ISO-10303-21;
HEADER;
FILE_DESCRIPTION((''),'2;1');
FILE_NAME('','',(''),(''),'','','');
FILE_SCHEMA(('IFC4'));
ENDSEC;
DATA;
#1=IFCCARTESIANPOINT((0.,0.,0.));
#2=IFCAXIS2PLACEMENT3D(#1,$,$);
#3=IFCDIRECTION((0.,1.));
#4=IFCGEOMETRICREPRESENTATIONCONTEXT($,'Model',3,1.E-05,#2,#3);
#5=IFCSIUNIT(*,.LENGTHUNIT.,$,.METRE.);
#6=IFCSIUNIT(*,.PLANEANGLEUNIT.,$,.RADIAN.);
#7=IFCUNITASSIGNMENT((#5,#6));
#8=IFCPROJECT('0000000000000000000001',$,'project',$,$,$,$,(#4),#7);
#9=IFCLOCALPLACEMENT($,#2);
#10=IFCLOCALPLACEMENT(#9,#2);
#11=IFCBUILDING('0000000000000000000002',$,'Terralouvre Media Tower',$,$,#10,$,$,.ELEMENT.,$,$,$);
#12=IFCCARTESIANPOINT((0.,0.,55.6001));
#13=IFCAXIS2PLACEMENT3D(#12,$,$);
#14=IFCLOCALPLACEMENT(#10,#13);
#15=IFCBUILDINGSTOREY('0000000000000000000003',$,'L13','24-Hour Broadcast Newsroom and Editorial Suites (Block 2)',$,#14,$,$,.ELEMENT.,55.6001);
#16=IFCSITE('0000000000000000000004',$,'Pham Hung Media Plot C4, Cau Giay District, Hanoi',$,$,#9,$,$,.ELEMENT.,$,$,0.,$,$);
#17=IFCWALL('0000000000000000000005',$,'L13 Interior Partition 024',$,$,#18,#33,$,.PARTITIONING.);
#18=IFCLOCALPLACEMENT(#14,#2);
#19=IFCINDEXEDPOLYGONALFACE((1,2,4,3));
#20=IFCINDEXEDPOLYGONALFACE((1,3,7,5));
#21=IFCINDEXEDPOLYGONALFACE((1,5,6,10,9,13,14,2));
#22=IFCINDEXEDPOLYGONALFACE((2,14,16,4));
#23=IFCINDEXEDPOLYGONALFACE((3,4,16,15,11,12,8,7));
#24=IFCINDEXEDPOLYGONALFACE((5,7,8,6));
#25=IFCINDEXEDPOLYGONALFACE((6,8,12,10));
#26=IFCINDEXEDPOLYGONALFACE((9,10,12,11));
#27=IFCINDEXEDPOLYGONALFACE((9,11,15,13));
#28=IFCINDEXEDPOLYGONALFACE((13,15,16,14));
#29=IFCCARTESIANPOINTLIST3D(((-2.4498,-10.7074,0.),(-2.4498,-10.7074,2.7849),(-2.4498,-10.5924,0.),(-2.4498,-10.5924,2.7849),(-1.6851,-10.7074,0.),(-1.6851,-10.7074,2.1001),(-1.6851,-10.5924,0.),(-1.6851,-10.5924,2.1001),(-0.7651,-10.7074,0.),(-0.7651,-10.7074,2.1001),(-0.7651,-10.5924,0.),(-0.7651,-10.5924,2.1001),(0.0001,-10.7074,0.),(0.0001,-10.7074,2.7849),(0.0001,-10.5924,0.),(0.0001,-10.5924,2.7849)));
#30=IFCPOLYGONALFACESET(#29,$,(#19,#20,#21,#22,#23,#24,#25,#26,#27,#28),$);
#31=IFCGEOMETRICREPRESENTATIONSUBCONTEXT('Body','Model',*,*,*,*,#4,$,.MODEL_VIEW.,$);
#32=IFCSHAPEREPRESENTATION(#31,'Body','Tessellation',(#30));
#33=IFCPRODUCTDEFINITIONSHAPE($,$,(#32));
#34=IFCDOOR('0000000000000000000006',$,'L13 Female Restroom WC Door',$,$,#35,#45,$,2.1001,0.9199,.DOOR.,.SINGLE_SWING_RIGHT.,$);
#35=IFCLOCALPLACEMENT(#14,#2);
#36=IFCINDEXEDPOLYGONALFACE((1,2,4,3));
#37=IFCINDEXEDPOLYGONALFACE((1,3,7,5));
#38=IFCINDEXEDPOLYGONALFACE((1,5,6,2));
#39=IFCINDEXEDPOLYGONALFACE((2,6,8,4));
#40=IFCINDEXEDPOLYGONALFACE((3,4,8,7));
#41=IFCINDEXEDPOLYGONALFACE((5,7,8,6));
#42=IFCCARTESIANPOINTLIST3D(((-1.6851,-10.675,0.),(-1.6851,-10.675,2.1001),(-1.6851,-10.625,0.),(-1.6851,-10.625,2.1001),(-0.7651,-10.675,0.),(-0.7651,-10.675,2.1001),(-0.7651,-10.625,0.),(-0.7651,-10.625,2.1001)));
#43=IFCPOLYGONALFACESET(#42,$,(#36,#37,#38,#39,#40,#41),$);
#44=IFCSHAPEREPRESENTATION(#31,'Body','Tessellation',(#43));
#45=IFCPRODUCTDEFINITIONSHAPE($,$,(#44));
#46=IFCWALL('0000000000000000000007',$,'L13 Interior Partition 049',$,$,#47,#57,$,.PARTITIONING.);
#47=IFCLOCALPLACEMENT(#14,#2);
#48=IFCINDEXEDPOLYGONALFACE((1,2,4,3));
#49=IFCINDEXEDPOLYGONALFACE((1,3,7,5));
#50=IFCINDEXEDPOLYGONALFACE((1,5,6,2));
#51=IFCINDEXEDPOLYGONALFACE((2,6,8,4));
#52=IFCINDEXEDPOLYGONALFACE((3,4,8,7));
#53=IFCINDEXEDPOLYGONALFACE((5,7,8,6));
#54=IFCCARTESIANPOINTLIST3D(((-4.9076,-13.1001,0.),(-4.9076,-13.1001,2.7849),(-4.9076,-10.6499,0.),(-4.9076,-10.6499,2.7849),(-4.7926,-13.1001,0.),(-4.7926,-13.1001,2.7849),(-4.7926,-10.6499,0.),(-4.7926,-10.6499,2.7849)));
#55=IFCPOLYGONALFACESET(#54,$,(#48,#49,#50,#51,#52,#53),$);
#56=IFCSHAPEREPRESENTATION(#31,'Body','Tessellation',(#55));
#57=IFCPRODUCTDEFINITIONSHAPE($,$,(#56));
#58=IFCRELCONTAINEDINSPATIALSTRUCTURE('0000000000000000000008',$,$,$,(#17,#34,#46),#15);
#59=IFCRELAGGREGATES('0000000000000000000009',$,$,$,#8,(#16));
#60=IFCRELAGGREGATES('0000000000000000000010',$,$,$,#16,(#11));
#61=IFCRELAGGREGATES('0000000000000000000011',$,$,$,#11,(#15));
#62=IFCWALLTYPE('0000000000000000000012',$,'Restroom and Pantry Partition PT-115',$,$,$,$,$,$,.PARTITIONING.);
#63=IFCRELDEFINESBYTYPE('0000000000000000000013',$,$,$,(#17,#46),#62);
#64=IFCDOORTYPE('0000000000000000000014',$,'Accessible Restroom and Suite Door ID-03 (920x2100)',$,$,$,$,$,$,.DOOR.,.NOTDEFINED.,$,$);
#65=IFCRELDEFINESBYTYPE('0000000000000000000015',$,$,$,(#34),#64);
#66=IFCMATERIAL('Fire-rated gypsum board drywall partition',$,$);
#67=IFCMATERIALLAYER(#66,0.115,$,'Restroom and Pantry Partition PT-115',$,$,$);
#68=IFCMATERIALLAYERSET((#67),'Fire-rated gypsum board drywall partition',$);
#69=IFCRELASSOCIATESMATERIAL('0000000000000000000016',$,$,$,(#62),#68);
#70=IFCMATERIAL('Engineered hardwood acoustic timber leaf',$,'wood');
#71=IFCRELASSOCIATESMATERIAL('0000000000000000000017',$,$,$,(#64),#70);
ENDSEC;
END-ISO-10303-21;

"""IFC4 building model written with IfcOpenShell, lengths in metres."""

from ifc_helpers import new_model, si_unit, direction, frame, frame_2d, origin, place, context, subcontext, project, spatial, rectangle, extrude, material, layer, layer_set, type_object, element, fill, save


model = new_model("IFC4")

# Units and contexts
model_context = context("Model", 3, precision=1e-05, world=origin(), true_north=direction((0.0, 1.0)))
body_context = subcontext(model_context, "Body", "Model", "MODEL_VIEW")
ifc_project = project(units=[si_unit("LENGTHUNIT", "METRE"), si_unit("PLANEANGLEUNIT", "RADIAN")], contexts=[model_context])

# Site, building, storey
site_placement = place(None, origin())
site = spatial("IfcSite", under=ifc_project, at=site_placement, Name="Pham Hung Media Plot C4, Cau Giay District, Hanoi", CompositionType="ELEMENT", RefElevation=0.0)
building_placement = place(site_placement, origin())
building = spatial("IfcBuilding", under=site, at=building_placement, Name="Terralouvre Media Tower", CompositionType="ELEMENT")
storey_placement = place(building_placement, frame((0.0, 0.0, 55.6001)))
storey = spatial("IfcBuildingStorey", under=building, at=storey_placement, Name="L13", Description="24-Hour Broadcast Newsroom and Editorial Suites (Block 2)", CompositionType="ELEMENT", Elevation=55.6001)

# Wall, opening, door
ifc_material_1 = material(Name="Fire-rated gypsum board drywall partition")
ifc_layer_1 = layer(ifc_material_1, 0.115, Name="Restroom and Pantry Partition PT-115")
ifc_layer_set_1 = layer_set([ifc_layer_1], Name="Fire-rated gypsum board drywall partition")
wall_type_1 = type_object("IfcWallType", Name="Restroom and Pantry Partition PT-115", PredefinedType="PARTITIONING", material=ifc_layer_set_1)
wall_1_placement = place(storey_placement, frame((-2.45, -10.6499, 0.0), z_axis=(0.0, 0.0, 1.0), x_axis=(1.0, 0.0, 0.0)))
wall_1 = element("IfcWall", 1, at=wall_1_placement, inside=storey, type_object=wall_type_1, Name="L13 Interior Partition 024", PredefinedType="PARTITIONING", context=body_context, shape_type="SweptSolid", body=[
    extrude(rectangle(XDim=2.45, YDim=0.115, at=frame_2d((1.2251, 0.0))), origin(), (0.0, 0.0, 1.0), 2.7849),
])
opening_1_placement = place(wall_1_placement, frame((0.7649, 0.0, 0.0)))
opening_1 = element("IfcOpeningElement", 2, at=opening_1_placement, cuts=wall_1, PredefinedType="OPENING", context=body_context, shape_type="SweptSolid", body=[
    extrude(rectangle(XDim=0.9199, YDim=2.1001, at=frame_2d((0.46, 1.05))), frame((0.0, 0.0674, 0.0), z_axis=(0.0, -1.0, 0.0), x_axis=(1.0, 0.0, 0.0)), (0.0, 0.0, 1.0), 0.135),
])
ifc_material_2 = material(Name="Engineered hardwood acoustic timber leaf", Category="wood")
door_type_1 = type_object("IfcDoorType", Name="Accessible Restroom and Suite Door ID-03 (920x2100)", OperationType="NOTDEFINED", PredefinedType="DOOR", material=ifc_material_2)
door_1_placement = place(opening_1_placement, origin())
door_1 = element("IfcDoor", 3, at=door_1_placement, inside=storey, type_object=door_type_1, Name="L13 Female Restroom WC Door", OperationType="SINGLE_SWING_RIGHT", OverallHeight=2.1001, OverallWidth=0.9199, PredefinedType="DOOR", context=body_context, shape_type="SweptSolid", body=[
    extrude(rectangle(XDim=0.9199, YDim=2.1001, at=frame_2d((0.46, 1.05))), frame((0.0, 0.0249, 0.0), z_axis=(0.0, -1.0, 0.0), x_axis=(1.0, 0.0, 0.0)), (0.0, 0.0, 1.0), 0.05),
])
fill(opening_1, door_1)

# Wall
wall_2_placement = place(storey_placement, frame((-4.8501, -10.6499, 0.0), z_axis=(0.0, 0.0, 1.0), x_axis=(0.0, -1.0, 0.0)))
element("IfcWall", 4, at=wall_2_placement, inside=storey, type_object=wall_type_1, Name="L13 Interior Partition 049", PredefinedType="PARTITIONING", context=body_context, shape_type="SweptSolid", body=[
    extrude(rectangle(XDim=2.4502, YDim=0.115, at=frame_2d((1.2251, 0.0))), origin(), (0.0, 0.0, 1.0), 2.7849),
])

save(model, "model.ifc")
